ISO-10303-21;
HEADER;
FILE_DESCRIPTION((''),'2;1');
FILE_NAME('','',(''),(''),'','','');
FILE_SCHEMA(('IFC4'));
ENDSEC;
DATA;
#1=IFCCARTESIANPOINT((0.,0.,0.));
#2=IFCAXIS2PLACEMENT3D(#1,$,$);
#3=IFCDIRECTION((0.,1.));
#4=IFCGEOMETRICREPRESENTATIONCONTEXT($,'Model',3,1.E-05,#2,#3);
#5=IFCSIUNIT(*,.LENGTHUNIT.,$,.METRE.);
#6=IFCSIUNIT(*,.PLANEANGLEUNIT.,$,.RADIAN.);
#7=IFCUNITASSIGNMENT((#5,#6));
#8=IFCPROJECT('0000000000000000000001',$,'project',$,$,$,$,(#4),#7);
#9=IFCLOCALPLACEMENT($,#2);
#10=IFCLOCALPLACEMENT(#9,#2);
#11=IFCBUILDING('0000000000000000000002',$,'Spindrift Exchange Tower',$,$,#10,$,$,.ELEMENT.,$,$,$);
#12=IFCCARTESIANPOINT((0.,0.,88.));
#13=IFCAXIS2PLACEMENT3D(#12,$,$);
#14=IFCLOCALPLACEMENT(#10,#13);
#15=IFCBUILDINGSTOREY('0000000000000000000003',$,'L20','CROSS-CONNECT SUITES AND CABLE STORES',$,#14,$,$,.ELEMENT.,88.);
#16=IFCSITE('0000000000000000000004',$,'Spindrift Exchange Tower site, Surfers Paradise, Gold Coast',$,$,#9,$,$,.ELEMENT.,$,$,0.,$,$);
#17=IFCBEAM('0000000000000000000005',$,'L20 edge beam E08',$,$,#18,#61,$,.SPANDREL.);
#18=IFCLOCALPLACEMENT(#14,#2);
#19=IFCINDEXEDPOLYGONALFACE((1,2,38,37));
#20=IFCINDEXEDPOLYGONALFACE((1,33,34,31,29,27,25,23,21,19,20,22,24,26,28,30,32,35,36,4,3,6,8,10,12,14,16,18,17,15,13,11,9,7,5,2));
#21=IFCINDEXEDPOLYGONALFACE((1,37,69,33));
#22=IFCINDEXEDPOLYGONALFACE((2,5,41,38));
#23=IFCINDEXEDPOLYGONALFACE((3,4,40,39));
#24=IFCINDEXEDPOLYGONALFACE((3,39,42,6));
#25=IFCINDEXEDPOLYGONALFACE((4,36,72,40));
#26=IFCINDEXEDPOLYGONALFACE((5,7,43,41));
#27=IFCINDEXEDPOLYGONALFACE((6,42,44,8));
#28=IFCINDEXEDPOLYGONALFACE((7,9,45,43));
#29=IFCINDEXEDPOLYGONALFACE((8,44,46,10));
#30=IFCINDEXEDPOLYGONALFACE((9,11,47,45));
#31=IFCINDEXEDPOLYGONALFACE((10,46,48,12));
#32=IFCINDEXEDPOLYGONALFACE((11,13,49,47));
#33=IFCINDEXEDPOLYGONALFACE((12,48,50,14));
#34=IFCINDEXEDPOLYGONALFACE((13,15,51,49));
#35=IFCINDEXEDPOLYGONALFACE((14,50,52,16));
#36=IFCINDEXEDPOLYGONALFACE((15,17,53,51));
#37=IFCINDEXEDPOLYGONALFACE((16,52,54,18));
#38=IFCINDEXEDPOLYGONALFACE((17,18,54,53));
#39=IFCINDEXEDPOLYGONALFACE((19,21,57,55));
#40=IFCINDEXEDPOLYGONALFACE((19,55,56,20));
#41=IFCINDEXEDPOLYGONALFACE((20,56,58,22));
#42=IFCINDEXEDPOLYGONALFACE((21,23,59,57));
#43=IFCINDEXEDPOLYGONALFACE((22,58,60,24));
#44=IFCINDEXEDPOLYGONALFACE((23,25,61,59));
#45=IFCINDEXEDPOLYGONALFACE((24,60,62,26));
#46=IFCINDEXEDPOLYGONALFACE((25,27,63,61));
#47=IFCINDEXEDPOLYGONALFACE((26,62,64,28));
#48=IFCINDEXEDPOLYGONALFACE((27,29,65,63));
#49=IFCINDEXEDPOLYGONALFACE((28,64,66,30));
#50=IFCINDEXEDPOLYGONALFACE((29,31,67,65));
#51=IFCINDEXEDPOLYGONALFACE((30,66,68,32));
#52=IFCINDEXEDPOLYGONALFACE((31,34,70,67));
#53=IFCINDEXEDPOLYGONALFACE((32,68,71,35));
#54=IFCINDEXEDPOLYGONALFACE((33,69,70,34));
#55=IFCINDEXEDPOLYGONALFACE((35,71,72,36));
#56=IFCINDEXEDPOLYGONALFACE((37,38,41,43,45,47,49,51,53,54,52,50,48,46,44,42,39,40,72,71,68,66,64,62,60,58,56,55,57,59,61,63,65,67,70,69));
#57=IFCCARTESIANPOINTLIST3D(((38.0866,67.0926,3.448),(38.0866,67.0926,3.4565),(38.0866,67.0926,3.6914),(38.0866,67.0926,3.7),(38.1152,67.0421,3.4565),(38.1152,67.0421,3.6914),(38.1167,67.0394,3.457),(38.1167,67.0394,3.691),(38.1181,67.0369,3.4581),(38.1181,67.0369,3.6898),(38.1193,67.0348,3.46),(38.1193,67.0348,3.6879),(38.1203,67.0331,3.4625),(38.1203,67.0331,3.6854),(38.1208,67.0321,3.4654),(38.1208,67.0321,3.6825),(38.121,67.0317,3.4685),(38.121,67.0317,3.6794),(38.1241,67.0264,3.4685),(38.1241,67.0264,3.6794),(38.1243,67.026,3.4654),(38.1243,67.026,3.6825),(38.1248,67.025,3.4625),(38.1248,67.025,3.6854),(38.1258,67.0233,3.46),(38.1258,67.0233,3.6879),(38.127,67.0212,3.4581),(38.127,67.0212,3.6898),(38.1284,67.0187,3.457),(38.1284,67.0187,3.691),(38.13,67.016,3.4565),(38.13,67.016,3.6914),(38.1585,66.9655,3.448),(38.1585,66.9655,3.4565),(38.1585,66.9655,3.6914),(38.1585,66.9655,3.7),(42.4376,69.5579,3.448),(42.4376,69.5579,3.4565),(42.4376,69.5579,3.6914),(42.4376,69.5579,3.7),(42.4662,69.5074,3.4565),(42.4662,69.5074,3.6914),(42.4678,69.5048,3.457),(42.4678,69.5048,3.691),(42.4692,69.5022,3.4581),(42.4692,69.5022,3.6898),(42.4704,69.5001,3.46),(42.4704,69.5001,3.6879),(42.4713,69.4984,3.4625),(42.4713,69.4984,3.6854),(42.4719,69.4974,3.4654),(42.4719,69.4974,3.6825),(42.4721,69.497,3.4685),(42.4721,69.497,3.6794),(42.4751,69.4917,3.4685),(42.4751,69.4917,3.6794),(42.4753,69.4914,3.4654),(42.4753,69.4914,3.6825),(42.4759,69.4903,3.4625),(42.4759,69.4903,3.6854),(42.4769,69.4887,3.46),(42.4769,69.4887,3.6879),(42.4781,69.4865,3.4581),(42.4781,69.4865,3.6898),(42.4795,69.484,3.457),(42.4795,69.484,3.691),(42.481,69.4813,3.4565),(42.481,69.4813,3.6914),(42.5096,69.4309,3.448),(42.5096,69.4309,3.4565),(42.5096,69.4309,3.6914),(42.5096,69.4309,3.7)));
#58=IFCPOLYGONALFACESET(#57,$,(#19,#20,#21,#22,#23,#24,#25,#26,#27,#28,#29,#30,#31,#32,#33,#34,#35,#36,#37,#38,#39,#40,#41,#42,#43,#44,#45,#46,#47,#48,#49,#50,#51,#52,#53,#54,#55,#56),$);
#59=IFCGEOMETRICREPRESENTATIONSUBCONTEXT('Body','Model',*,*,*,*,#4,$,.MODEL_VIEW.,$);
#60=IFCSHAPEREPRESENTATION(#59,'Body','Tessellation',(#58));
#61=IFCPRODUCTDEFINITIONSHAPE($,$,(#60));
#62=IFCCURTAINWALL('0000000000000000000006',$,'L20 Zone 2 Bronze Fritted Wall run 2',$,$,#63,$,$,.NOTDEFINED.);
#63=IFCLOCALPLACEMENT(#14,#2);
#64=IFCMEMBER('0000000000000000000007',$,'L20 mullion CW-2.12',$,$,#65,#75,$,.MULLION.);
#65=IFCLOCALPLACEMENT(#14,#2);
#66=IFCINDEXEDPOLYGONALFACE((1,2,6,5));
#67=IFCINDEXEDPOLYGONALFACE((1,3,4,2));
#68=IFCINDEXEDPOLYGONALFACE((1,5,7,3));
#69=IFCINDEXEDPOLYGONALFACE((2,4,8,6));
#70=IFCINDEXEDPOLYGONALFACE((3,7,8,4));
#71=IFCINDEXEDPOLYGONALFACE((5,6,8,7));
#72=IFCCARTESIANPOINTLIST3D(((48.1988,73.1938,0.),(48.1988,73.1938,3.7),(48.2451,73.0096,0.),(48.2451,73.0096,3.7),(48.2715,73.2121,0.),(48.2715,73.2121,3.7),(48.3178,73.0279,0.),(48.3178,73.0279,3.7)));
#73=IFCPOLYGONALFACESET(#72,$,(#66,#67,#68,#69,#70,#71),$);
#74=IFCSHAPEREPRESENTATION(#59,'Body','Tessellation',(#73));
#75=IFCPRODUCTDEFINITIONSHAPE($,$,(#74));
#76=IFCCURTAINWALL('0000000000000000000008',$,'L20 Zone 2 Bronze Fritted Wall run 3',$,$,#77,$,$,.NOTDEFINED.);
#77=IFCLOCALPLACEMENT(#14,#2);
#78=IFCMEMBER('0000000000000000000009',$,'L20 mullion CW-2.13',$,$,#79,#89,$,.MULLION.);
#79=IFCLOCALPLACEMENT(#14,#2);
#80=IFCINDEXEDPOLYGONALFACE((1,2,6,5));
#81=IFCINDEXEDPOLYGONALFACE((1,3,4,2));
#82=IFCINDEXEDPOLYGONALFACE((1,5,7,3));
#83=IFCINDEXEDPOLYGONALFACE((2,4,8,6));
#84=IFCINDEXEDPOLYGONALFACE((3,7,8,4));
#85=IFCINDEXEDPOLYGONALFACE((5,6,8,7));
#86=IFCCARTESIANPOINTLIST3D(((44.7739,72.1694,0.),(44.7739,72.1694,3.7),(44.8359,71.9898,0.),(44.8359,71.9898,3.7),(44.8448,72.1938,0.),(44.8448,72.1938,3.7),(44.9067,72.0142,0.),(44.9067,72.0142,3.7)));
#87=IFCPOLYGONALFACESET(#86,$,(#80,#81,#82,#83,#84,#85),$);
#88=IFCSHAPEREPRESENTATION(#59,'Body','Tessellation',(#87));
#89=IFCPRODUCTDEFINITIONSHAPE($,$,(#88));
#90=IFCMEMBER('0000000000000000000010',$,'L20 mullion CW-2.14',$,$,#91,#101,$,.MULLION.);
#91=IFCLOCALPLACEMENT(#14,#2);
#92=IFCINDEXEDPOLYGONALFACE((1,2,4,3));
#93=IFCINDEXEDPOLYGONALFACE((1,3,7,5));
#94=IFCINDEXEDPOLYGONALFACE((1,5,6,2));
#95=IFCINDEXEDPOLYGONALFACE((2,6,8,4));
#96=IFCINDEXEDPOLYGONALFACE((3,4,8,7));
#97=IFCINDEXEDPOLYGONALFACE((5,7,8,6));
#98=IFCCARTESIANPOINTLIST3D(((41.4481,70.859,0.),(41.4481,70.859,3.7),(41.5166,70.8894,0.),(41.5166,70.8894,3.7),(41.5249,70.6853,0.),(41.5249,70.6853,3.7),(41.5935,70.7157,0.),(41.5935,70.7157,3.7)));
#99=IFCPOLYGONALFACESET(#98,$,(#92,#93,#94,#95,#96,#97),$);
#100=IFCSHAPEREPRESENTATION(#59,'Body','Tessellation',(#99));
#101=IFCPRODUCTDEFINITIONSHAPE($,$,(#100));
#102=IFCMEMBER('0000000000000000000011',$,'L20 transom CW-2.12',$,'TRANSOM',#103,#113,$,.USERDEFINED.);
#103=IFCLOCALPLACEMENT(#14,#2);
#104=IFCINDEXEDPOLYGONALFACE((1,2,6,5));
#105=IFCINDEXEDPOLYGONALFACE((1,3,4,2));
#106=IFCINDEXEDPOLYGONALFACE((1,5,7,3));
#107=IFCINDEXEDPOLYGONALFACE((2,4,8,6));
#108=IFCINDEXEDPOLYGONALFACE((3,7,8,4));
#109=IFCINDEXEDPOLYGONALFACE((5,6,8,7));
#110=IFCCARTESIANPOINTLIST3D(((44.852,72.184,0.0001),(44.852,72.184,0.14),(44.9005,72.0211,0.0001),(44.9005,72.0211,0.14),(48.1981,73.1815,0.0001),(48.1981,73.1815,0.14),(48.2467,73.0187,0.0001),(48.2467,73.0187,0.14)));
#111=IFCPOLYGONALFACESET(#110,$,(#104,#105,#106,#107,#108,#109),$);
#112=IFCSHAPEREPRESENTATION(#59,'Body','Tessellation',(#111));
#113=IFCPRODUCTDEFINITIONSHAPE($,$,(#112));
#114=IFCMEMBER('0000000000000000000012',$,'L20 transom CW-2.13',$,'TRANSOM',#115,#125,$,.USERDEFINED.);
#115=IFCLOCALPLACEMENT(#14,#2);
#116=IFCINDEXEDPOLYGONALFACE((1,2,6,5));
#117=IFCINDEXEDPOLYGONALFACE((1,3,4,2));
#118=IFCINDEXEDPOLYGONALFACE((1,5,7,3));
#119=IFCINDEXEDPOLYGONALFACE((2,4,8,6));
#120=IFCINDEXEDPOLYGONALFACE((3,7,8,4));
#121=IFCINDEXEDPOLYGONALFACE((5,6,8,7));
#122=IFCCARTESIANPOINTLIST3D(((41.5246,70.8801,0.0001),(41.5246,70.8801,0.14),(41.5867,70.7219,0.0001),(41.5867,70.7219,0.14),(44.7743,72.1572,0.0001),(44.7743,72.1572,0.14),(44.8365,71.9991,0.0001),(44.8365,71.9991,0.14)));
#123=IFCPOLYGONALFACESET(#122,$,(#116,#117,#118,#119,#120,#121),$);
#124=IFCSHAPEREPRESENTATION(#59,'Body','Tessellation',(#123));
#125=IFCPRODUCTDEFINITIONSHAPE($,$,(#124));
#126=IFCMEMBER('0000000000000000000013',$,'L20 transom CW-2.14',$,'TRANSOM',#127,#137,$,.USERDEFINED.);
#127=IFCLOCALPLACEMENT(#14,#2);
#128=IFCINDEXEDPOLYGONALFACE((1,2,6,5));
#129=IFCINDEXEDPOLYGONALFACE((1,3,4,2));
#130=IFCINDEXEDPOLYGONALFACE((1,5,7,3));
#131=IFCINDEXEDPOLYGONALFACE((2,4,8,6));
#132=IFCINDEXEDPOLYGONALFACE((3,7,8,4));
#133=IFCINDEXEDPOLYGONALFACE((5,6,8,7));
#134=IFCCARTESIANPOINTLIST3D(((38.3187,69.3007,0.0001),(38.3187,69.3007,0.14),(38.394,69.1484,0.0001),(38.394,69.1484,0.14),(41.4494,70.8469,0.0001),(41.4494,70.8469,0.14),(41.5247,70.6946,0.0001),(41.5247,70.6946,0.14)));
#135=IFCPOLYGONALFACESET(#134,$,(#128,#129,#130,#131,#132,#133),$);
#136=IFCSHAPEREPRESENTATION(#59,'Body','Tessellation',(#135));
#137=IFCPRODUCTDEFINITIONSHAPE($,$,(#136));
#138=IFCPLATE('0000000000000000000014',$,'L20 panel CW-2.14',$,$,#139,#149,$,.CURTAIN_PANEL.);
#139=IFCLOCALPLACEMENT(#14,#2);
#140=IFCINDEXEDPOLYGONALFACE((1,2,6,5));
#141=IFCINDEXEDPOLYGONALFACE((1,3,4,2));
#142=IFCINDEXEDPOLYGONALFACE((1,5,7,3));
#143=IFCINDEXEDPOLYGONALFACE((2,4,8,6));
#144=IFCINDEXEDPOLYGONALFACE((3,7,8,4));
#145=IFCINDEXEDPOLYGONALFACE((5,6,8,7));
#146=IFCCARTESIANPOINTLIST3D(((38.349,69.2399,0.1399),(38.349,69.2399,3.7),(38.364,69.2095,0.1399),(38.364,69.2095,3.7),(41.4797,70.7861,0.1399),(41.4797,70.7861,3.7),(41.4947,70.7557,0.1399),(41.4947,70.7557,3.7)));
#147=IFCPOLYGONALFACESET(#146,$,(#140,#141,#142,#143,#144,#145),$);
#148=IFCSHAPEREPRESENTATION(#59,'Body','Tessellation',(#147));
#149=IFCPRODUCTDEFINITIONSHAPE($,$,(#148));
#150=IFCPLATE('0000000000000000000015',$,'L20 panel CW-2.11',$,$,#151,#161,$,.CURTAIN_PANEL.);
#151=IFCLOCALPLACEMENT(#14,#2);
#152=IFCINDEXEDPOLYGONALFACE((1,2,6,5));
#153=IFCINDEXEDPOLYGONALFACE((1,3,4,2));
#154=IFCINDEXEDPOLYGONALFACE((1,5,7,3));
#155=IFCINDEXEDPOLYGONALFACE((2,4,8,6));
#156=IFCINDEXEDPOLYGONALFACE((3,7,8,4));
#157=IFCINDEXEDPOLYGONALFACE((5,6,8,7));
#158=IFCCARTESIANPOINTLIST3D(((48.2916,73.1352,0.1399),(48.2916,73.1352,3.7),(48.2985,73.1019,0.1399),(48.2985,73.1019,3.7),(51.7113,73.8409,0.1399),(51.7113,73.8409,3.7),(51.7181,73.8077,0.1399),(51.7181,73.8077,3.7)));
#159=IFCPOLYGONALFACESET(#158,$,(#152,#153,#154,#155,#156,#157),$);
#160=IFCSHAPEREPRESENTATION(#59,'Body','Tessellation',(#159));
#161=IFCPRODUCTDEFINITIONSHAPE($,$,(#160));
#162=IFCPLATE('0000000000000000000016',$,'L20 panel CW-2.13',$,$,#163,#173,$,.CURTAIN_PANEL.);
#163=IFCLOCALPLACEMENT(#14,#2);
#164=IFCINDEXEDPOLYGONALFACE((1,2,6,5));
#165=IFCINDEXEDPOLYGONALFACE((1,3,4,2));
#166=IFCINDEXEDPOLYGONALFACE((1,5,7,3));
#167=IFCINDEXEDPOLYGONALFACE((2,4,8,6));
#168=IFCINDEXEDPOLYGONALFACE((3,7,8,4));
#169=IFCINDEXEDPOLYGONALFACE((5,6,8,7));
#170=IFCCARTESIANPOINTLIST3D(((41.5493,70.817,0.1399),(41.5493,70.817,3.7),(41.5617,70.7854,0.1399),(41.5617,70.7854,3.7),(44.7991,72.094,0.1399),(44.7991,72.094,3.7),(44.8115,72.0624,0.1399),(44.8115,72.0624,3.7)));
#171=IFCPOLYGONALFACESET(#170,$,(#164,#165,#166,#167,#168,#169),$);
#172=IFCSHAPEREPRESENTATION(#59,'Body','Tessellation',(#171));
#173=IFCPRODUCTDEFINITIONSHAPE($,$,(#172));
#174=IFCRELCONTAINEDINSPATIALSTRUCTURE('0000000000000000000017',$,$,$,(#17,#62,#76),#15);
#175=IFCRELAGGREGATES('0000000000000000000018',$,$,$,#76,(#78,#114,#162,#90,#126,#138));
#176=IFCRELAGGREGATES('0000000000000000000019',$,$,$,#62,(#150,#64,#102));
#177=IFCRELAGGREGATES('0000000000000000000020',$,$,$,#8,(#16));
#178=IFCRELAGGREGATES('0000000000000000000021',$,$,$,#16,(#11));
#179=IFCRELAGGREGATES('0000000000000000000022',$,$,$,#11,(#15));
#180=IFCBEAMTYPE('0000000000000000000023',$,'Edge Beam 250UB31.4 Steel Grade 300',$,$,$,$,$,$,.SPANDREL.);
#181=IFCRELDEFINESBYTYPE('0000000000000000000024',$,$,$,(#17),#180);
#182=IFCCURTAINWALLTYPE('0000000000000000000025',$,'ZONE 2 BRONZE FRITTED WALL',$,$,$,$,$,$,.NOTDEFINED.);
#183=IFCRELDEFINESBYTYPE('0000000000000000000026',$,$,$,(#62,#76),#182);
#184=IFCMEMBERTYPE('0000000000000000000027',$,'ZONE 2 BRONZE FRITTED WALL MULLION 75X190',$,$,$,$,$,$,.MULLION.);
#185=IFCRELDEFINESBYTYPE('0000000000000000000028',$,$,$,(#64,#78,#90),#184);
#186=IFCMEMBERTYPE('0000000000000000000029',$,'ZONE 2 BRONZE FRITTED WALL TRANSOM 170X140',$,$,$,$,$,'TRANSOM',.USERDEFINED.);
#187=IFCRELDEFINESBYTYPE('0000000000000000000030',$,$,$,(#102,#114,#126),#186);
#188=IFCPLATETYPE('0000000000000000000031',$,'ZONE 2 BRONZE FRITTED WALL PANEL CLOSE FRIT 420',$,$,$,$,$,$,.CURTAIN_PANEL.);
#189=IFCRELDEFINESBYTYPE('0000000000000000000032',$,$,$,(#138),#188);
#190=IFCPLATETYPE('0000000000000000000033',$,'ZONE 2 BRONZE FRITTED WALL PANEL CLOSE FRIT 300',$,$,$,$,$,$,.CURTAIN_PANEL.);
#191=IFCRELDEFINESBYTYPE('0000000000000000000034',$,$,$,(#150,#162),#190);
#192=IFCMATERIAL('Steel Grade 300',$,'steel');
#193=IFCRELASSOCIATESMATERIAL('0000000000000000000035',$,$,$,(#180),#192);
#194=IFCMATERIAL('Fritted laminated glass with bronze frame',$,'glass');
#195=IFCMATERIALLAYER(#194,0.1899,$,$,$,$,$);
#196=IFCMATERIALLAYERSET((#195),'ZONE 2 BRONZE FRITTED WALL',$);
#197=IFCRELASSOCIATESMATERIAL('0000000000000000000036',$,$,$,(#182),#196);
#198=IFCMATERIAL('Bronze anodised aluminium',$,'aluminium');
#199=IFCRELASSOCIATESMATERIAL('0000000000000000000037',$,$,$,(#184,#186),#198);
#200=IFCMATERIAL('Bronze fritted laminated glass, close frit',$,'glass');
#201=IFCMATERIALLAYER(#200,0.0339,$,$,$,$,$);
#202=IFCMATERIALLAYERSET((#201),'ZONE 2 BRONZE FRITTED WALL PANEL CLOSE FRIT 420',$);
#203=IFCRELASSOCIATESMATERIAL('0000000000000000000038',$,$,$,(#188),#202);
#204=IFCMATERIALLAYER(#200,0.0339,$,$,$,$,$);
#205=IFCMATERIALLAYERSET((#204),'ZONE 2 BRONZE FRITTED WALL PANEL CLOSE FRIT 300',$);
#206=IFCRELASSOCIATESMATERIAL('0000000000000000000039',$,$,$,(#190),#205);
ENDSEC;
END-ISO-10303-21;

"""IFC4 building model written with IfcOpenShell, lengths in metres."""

from ifc_helpers import new_model, si_unit, direction, frame, origin, origin_2d, place, context, subcontext, project, spatial, rectangle, i_section, extrude, source, transform, mapped, material, layer, layer_set, material_profile, profile_set, type_object, element, aggregate, save


model = new_model("IFC4")

# Units and contexts
model_context = context("Model", 3, precision=1e-05, world=origin(), true_north=direction((0.0, 1.0)))
body_context = subcontext(model_context, "Body", "Model", "MODEL_VIEW")
ifc_project = project(units=[si_unit("LENGTHUNIT", "METRE"), si_unit("PLANEANGLEUNIT", "RADIAN")], contexts=[model_context])

# Site, building, storey
site_placement = place(None, origin())
site = spatial("IfcSite", under=ifc_project, at=site_placement, Name="Spindrift Exchange Tower site, Surfers Paradise, Gold Coast", CompositionType="ELEMENT", RefElevation=0.0)
building_placement = place(site_placement, origin())
building = spatial("IfcBuilding", under=site, at=building_placement, Name="Spindrift Exchange Tower", CompositionType="ELEMENT")
storey_placement = place(building_placement, frame((0.0, 0.0, 88.0)))
storey = spatial("IfcBuildingStorey", under=building, at=storey_placement, Name="L20", Description="CROSS-CONNECT SUITES AND CABLE STORES", CompositionType="ELEMENT", Elevation=88.0)

# Beam
ifc_material_1 = material(Name="Steel Grade 300", Category="steel")
ifc_material_profile_1 = material_profile(ifc_material_1, i_section(OverallWidth=0.146, OverallDepth=0.252, WebThickness=0.0061, FlangeThickness=0.0085, FilletRadius=0.012, at=origin_2d()), Name="250UB31.4")
ifc_profile_set_1 = profile_set([ifc_material_profile_1], Name="Steel Grade 300")
beam_type_1 = type_object("IfcBeamType", Name="Edge Beam 250UB31.4 Steel Grade 300", PredefinedType="SPANDREL", material=ifc_profile_set_1)
shared_shape_1 = source(origin(), body_context, "Body", "SweptSolid", [
    extrude(i_section(OverallWidth=0.146, OverallDepth=0.252, WebThickness=0.0061, FlangeThickness=0.0085, FilletRadius=0.012, at=origin_2d()), origin(), (0.0, 0.0, 1.0), 5.001),
])
beam_1_placement = place(storey_placement, frame((42.4736, 69.4944, 3.574), z_axis=(-0.870046, -0.492971, 0.0), x_axis=(0.492971, -0.870046, 0.0)))
element("IfcBeam", 1, at=beam_1_placement, inside=storey, type_object=beam_type_1, Name="L20 edge beam E08", PredefinedType="SPANDREL", context=body_context, shape_type="MappedRepresentation", body=[
    mapped(shared_shape_1, transform((0.0, 0.0, 0.0), scale=1.0)),
])

# Curtain wall, member
ifc_material_2 = material(Name="Fritted laminated glass with bronze frame", Category="glass")
ifc_layer_1 = layer(ifc_material_2, 0.1899)
ifc_layer_set_1 = layer_set([ifc_layer_1], Name="ZONE 2 BRONZE FRITTED WALL")
curtain_wall_type = type_object("IfcCurtainWallType", Name="ZONE 2 BRONZE FRITTED WALL", PredefinedType="NOTDEFINED", material=ifc_layer_set_1)
curtain_wall_1_placement = place(storey_placement, origin())
curtain_wall_1 = element("IfcCurtainWall", 2, at=curtain_wall_1_placement, inside=storey, type_object=curtain_wall_type, Name="L20 Zone 2 Bronze Fritted Wall run 2", PredefinedType="NOTDEFINED")
ifc_material_3 = material(Name="Bronze anodised aluminium", Category="aluminium")
ifc_material_profile_2 = material_profile(ifc_material_3, rectangle(XDim=0.075, YDim=0.1899, at=origin_2d()), Name="ZONE 2 BRONZE FRITTED WALL MULLION 75X190")
ifc_profile_set_2 = profile_set([ifc_material_profile_2], Name="Bronze anodised aluminium")
member_type_1 = type_object("IfcMemberType", Name="ZONE 2 BRONZE FRITTED WALL MULLION 75X190", PredefinedType="MULLION", material=ifc_profile_set_2)
shared_shape_2 = source(origin(), body_context, "Body", "SweptSolid", [
    extrude(rectangle(XDim=0.075, YDim=0.1899, at=origin_2d()), origin(), (0.0, 0.0, 1.0), 3.7),
])
member_1_placement = place(storey_placement, frame((48.2583, 73.1108, 0.0), z_axis=(0.0, 0.0, 1.0), x_axis=(-0.969736, -0.244157, 0.0)))
member_1 = element("IfcMember", 3, at=member_1_placement, type_object=member_type_1, Name="L20 mullion CW-2.12", PredefinedType="MULLION", context=body_context, shape_type="MappedRepresentation", body=[
    mapped(shared_shape_2, transform((0.0, 0.0, 0.0), scale=1.0)),
])

# Curtain wall, members
curtain_wall_2_placement = place(storey_placement, origin())
curtain_wall_2 = element("IfcCurtainWall", 4, at=curtain_wall_2_placement, inside=storey, type_object=curtain_wall_type, Name="L20 Zone 2 Bronze Fritted Wall run 3", PredefinedType="NOTDEFINED")
member_2_placement = place(storey_placement, frame((44.8403, 72.0918, 0.0), z_axis=(0.0, 0.0, 1.0), x_axis=(-0.945365, -0.326013, 0.0)))
member_2 = element("IfcMember", 5, at=member_2_placement, type_object=member_type_1, Name="L20 mullion CW-2.13", PredefinedType="MULLION", context=body_context, shape_type="MappedRepresentation", body=[
    mapped(shared_shape_2, transform((0.0, 0.0, 0.0), scale=1.0)),
])
member_3_placement = place(storey_placement, frame((41.5208, 70.7874, 0.0), z_axis=(0.0, 0.0, 1.0), x_axis=(-0.914482, -0.404626, 0.0)))
member_3 = element("IfcMember", 6, at=member_3_placement, type_object=member_type_1, Name="L20 mullion CW-2.14", PredefinedType="MULLION", context=body_context, shape_type="MappedRepresentation", body=[
    mapped(shared_shape_2, transform((0.0, 0.0, 0.0), scale=1.0)),
])

# Members
ifc_material_profile_3 = material_profile(ifc_material_3, rectangle(XDim=0.1699, YDim=0.1399, at=origin_2d()), Name="ZONE 2 BRONZE FRITTED WALL TRANSOM 170X140")
ifc_profile_set_3 = profile_set([ifc_material_profile_3], Name="Bronze anodised aluminium")
member_type_2 = type_object("IfcMemberType", Name="ZONE 2 BRONZE FRITTED WALL TRANSOM 170X140", ElementType="TRANSOM", PredefinedType="USERDEFINED", material=ifc_profile_set_3)
shared_shape_3 = source(origin(), body_context, "Body", "SweptSolid", [
    extrude(rectangle(XDim=0.1699, YDim=0.1399, at=origin_2d()), origin(), (0.0, 0.0, 1.0), 3.4917),
])
member_4_placement = place(storey_placement, frame((48.2224, 73.1001, 0.0701), z_axis=(-0.958321, -0.285692, 0.0), x_axis=(0.285692, -0.958321, 0.0)))
member_4 = element("IfcMember", 7, at=member_4_placement, type_object=member_type_2, Name="L20 transom CW-2.12", ObjectType="TRANSOM", PredefinedType="USERDEFINED", context=body_context, shape_type="MappedRepresentation", body=[
    mapped(shared_shape_3, transform((0.0, 0.0, 0.0), scale=1.0)),
])
member_5_placement = place(storey_placement, frame((44.8054, 72.0781, 0.0701), z_axis=(-0.930712, -0.365754, 0.0), x_axis=(0.365754, -0.930712, 0.0)))
member_5 = element("IfcMember", 8, at=member_5_placement, type_object=member_type_2, Name="L20 transom CW-2.13", ObjectType="TRANSOM", PredefinedType="USERDEFINED", context=body_context, shape_type="MappedRepresentation", body=[
    mapped(shared_shape_3, transform((0.0, 0.0, 0.0), scale=1.0)),
])
member_6_placement = place(storey_placement, frame((41.4871, 70.7708, 0.0701), z_axis=(-0.896612, -0.442817, 0.0), x_axis=(0.442817, -0.896612, 0.0)))
member_6 = element("IfcMember", 9, at=member_6_placement, type_object=member_type_2, Name="L20 transom CW-2.14", ObjectType="TRANSOM", PredefinedType="USERDEFINED", context=body_context, shape_type="MappedRepresentation", body=[
    mapped(shared_shape_3, transform((0.0, 0.0, 0.0), scale=1.0)),
])

# Plates
ifc_material_4 = material(Name="Bronze fritted laminated glass, close frit", Category="glass")
ifc_layer_2 = layer(ifc_material_4, 0.0339)
ifc_layer_set_2 = layer_set([ifc_layer_2], Name="ZONE 2 BRONZE FRITTED WALL PANEL CLOSE FRIT 420")
plate_type_1 = type_object("IfcPlateType", Name="ZONE 2 BRONZE FRITTED WALL PANEL CLOSE FRIT 420", PredefinedType="CURTAIN_PANEL", material=ifc_layer_set_2)
shared_shape_4 = source(origin(), body_context, "Body", "SweptSolid", [
    extrude(rectangle(XDim=3.4917, YDim=0.0339, at=origin_2d()), origin(), (0.0, 0.0, 1.0), 3.5601),
])
plate_1_placement = place(storey_placement, frame((39.9219, 69.9978, 0.1399), z_axis=(0.0, 0.0, 1.0), x_axis=(-0.896609, -0.442822, 0.0)))
plate_1 = element("IfcPlate", 10, at=plate_1_placement, type_object=plate_type_1, Name="L20 panel CW-2.14", PredefinedType="CURTAIN_PANEL", context=body_context, shape_type="MappedRepresentation", body=[
    mapped(shared_shape_4, transform((0.0, 0.0, 0.0), scale=1.0)),
])
ifc_layer_3 = layer(ifc_material_4, 0.0339)
ifc_layer_set_3 = layer_set([ifc_layer_3], Name="ZONE 2 BRONZE FRITTED WALL PANEL CLOSE FRIT 300")
plate_type_2 = type_object("IfcPlateType", Name="ZONE 2 BRONZE FRITTED WALL PANEL CLOSE FRIT 300", PredefinedType="CURTAIN_PANEL", material=ifc_layer_set_3)
shared_shape_5 = source(origin(), body_context, "Body", "SweptSolid", [
    extrude(rectangle(XDim=3.4917, YDim=0.0339, at=origin_2d()), origin(), (0.0, 0.0, 1.0), 3.5601),
])
plate_2_placement = place(storey_placement, frame((50.0049, 73.4714, 0.1399), z_axis=(0.0, 0.0, 1.0), x_axis=(-0.97936, -0.202124, 0.0)))
plate_2 = element("IfcPlate", 11, at=plate_2_placement, type_object=plate_type_2, Name="L20 panel CW-2.11", PredefinedType="CURTAIN_PANEL", context=body_context, shape_type="MappedRepresentation", body=[
    mapped(shared_shape_5, transform((0.0, 0.0, 0.0), scale=1.0)),
])
plate_3_placement = place(storey_placement, frame((43.1804, 71.4397, 0.1399), z_axis=(0.0, 0.0, 1.0), x_axis=(-0.930729, -0.365709, 0.0)))
plate_3 = element("IfcPlate", 12, at=plate_3_placement, type_object=plate_type_2, Name="L20 panel CW-2.13", PredefinedType="CURTAIN_PANEL", context=body_context, shape_type="MappedRepresentation", body=[
    mapped(shared_shape_5, transform((0.0, 0.0, 0.0), scale=1.0)),
])
aggregate(curtain_wall_2, [member_2, member_5, plate_3, member_3, member_6, plate_1])
aggregate(curtain_wall_1, [plate_2, member_1, member_4])

save(model, "model.ifc")
